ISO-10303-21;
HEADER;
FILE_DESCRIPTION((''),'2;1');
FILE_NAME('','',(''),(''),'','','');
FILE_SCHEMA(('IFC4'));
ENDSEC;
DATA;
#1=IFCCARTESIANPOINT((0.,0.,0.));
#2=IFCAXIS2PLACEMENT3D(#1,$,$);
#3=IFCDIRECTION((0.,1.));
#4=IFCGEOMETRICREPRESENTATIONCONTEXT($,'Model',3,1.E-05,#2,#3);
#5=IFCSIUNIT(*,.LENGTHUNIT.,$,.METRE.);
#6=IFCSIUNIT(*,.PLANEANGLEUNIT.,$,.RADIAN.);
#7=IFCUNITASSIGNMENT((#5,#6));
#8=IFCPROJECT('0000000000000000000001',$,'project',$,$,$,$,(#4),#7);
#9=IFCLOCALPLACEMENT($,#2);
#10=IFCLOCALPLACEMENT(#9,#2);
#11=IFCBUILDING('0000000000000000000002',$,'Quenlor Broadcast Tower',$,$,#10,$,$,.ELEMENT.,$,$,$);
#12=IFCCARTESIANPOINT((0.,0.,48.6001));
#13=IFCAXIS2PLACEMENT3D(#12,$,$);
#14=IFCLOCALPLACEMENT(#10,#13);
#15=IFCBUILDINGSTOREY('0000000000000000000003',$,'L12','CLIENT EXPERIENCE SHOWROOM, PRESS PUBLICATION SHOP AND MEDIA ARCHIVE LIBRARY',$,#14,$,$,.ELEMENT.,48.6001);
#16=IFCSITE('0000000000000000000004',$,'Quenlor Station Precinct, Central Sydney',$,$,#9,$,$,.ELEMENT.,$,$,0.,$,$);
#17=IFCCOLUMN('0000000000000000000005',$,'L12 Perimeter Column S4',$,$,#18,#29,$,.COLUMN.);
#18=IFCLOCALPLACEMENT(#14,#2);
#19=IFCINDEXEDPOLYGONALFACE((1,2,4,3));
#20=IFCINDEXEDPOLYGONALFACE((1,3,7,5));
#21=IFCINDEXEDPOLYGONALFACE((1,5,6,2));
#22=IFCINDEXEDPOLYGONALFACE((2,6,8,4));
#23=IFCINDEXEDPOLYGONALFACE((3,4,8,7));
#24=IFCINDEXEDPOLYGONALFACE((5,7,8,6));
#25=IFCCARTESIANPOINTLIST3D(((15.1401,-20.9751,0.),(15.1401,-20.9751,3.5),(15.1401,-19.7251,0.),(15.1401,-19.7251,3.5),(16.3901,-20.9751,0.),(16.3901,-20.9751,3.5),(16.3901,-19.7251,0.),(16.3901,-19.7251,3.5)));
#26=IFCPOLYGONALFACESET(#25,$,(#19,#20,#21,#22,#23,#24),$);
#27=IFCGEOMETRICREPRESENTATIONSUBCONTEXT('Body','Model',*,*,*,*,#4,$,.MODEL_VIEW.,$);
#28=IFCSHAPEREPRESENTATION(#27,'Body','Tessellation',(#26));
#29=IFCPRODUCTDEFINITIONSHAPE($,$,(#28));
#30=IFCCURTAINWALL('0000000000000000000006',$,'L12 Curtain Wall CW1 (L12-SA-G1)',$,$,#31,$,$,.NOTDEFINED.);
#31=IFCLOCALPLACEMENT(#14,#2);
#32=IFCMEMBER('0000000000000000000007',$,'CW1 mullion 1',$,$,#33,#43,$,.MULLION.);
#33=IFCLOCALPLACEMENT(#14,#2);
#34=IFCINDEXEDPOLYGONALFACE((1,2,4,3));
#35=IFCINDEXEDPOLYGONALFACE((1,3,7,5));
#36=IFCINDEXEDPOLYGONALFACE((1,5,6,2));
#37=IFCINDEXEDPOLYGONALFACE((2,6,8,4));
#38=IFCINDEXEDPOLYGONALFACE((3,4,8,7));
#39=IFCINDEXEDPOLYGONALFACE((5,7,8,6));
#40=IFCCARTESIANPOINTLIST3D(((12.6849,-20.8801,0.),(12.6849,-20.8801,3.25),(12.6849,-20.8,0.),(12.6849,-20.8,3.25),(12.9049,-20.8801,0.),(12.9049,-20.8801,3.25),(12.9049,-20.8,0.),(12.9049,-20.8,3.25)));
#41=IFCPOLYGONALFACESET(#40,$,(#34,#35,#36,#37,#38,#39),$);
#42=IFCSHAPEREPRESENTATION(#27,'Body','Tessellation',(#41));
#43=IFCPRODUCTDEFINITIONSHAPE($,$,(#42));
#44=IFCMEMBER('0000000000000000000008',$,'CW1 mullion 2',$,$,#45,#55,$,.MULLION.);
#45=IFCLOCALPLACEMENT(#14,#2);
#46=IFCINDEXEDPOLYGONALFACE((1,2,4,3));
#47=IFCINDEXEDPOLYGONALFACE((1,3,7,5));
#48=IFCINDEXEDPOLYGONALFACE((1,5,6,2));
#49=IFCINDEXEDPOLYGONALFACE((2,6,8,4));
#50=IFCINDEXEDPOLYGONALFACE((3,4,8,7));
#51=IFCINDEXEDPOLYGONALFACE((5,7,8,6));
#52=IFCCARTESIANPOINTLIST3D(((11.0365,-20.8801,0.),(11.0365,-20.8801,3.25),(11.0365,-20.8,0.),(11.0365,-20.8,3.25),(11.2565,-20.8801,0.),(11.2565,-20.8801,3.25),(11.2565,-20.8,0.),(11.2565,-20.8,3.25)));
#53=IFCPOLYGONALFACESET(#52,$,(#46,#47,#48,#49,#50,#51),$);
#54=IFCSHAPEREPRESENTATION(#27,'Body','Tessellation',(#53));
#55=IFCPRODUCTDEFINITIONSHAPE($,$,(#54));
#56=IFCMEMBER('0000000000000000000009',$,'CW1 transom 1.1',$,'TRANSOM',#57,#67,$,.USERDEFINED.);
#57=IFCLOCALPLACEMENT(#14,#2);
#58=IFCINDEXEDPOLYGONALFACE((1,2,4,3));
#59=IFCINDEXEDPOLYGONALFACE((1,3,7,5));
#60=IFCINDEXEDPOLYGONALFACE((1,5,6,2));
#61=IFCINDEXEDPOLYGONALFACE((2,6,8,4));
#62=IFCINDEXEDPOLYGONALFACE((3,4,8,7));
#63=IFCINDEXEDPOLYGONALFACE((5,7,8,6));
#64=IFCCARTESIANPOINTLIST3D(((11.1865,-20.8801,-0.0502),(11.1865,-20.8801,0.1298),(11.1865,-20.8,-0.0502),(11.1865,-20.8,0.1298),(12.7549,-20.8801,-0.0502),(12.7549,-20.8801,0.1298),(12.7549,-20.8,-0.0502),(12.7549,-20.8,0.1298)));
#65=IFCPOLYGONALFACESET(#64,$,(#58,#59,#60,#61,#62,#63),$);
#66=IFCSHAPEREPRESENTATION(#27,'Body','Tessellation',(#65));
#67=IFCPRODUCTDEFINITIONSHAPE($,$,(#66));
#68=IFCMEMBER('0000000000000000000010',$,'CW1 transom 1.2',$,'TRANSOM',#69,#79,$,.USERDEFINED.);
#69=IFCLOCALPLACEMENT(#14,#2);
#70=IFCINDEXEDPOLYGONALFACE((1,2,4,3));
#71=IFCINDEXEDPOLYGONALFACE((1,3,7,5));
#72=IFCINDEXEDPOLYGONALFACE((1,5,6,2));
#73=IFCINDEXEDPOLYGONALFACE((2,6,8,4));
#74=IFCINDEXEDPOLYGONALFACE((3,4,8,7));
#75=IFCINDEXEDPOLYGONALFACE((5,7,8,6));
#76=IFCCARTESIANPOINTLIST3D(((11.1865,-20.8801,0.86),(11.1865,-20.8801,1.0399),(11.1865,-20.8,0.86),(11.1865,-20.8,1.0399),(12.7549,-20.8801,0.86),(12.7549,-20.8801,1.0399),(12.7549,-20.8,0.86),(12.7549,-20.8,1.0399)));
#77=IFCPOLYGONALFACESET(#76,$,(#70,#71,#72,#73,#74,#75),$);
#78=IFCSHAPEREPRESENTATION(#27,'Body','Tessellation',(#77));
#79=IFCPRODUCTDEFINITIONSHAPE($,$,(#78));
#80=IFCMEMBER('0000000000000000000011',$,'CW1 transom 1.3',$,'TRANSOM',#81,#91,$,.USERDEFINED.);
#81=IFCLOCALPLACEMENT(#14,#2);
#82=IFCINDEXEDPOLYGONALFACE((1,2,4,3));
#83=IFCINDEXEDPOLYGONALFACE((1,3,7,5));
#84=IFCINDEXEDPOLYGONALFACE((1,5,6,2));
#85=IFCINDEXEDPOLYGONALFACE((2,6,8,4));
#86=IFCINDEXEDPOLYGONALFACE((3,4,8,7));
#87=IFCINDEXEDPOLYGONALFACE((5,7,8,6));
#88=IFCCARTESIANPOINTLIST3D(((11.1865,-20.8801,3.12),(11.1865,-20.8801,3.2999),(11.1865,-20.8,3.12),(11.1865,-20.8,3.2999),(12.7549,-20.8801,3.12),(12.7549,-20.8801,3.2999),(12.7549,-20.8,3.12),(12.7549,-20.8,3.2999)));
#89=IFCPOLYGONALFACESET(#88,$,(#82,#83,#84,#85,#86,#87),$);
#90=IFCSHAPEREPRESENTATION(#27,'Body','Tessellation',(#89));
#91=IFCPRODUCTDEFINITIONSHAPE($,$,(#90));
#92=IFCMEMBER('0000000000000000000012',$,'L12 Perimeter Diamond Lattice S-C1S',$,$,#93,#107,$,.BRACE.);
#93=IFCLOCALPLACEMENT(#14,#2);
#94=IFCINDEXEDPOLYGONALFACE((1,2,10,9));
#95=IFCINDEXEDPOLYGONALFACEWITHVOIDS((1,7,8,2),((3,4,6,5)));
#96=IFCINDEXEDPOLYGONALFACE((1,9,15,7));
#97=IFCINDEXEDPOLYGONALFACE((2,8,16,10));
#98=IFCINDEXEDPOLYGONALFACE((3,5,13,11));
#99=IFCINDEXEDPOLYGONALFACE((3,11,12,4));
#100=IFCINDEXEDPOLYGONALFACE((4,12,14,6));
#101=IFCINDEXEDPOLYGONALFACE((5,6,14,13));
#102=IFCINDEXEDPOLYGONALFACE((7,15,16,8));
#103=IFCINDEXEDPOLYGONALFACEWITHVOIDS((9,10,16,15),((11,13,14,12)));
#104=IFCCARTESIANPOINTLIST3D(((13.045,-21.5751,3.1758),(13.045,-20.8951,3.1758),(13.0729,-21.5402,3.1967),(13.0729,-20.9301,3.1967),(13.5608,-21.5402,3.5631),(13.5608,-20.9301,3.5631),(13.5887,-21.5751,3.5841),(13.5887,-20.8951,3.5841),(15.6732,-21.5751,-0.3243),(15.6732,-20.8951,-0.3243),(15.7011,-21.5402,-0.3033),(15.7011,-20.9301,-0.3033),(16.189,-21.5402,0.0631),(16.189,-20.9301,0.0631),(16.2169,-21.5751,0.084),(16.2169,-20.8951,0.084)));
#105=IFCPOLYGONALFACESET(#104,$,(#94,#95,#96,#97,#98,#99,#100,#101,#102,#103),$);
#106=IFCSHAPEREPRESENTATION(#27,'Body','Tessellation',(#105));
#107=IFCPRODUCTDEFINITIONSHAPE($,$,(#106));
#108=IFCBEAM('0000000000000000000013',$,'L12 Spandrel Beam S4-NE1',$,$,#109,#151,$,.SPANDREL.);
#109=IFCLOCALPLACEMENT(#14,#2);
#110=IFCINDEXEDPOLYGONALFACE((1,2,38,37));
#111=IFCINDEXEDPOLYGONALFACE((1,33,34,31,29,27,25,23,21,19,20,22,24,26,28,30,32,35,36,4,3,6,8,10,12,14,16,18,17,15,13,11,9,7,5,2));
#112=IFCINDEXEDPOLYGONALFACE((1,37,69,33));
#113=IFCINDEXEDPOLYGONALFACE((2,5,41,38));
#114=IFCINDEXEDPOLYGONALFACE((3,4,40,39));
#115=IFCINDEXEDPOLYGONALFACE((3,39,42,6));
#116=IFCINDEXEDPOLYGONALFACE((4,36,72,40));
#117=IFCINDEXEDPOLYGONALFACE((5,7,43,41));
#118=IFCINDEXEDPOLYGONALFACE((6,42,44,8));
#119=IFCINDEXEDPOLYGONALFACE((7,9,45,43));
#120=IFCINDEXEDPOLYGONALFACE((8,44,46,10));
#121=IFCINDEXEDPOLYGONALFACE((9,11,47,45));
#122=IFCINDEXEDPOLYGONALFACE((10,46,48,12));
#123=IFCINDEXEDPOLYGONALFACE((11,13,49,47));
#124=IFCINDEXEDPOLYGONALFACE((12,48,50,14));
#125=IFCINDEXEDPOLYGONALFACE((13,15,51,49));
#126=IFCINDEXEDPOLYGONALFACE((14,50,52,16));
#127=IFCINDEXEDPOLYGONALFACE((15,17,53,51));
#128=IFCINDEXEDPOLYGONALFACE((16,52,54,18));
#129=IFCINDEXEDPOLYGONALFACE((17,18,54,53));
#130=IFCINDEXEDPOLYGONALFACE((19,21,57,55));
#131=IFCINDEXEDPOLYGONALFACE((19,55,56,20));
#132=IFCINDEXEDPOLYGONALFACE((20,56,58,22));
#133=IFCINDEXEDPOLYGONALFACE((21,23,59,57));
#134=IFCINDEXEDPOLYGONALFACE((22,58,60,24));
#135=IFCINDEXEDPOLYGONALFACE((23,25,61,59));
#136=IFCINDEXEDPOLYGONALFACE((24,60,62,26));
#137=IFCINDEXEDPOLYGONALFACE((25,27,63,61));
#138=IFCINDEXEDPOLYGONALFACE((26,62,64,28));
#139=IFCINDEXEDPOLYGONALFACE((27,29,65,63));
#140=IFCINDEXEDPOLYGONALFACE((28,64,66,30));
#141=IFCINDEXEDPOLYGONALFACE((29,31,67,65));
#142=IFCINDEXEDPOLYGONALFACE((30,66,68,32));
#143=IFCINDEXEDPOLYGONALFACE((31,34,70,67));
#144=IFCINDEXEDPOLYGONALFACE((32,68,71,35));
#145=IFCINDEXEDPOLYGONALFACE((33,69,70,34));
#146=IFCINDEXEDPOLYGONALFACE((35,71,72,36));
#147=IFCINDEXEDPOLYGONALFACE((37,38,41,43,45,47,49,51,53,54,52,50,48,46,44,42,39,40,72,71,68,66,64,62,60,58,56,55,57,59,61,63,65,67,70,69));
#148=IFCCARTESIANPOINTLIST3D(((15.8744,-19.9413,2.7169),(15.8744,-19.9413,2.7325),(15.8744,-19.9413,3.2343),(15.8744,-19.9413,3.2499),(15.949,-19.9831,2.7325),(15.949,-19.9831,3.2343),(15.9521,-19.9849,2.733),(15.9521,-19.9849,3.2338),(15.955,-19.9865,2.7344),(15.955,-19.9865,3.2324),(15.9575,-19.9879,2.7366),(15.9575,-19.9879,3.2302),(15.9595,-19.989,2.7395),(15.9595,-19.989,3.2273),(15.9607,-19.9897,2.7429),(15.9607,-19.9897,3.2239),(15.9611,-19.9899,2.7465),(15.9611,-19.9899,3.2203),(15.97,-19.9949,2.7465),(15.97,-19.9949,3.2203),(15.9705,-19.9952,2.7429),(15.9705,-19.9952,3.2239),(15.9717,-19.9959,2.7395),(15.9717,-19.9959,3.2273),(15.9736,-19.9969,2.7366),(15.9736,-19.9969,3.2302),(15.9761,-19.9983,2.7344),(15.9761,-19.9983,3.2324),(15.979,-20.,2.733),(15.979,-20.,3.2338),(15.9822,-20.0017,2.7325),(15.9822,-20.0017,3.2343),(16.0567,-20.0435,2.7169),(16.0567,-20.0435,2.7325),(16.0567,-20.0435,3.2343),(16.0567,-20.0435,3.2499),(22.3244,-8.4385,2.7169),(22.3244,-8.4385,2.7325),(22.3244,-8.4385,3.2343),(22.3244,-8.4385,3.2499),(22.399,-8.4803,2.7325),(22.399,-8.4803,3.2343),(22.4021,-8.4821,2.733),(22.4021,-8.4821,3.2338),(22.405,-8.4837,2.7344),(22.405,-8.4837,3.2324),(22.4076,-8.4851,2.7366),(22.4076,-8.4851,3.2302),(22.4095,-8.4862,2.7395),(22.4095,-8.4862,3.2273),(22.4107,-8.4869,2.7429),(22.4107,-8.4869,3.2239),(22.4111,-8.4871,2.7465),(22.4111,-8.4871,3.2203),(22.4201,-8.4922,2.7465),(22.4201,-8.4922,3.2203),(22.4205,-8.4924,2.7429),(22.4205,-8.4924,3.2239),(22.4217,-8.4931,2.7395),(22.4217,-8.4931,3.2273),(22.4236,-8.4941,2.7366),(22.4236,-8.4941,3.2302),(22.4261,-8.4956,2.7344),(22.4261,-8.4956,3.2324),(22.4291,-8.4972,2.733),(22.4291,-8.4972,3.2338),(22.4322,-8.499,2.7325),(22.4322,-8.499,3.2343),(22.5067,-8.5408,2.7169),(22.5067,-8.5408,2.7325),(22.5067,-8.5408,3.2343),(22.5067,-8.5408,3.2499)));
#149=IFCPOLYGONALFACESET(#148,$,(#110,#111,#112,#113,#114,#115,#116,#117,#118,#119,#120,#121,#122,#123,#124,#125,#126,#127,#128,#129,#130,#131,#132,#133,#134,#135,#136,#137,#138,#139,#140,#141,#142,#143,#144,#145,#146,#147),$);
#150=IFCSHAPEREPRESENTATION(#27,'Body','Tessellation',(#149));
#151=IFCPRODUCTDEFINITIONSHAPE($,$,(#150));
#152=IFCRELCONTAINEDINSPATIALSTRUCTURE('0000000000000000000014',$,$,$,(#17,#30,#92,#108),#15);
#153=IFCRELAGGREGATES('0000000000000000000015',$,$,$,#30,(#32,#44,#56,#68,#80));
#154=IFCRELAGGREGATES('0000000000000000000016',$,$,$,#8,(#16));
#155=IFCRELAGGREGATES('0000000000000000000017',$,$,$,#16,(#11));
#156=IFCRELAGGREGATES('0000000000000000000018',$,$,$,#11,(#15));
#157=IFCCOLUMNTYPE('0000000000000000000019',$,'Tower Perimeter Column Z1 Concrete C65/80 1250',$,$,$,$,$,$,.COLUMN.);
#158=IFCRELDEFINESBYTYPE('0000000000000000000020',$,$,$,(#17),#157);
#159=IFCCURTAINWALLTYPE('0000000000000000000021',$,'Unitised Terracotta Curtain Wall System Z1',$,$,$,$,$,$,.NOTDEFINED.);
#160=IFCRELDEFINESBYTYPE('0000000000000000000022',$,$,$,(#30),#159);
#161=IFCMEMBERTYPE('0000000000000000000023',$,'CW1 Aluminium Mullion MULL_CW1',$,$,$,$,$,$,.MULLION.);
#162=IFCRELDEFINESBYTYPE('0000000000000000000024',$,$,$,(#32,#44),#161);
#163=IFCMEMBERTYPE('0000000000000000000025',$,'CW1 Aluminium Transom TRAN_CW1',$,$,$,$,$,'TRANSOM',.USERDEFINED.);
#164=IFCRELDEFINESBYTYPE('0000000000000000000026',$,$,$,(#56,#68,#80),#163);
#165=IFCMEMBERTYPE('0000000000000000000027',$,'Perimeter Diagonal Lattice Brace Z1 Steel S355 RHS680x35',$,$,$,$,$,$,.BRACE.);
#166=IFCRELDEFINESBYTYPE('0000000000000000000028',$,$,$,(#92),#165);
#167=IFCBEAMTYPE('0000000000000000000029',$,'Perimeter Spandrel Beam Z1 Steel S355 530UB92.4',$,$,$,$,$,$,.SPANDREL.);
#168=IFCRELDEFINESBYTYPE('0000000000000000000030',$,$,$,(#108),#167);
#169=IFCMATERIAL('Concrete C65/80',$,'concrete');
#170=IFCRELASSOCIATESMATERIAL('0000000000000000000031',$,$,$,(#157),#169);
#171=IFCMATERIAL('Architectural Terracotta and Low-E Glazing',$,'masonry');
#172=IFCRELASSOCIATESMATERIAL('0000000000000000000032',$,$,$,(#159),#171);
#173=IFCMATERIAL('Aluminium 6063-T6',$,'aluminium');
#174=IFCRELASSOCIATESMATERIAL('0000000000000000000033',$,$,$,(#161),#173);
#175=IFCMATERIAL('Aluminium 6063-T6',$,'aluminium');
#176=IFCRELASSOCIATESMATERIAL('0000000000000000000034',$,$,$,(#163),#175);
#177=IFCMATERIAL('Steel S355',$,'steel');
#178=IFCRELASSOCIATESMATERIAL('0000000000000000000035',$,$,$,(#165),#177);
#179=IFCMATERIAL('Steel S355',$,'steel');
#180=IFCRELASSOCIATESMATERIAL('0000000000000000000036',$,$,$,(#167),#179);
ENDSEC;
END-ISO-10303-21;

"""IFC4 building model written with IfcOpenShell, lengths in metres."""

from ifc_helpers import new_model, si_unit, direction, frame, origin, origin_2d, place, context, subcontext, project, spatial, rectangle, hollow_rectangle, i_section, extrude, material, material_profile, profile_set, type_object, element, aggregate, save


model = new_model("IFC4")

# Units and contexts
model_context = context("Model", 3, precision=1e-05, world=origin(), true_north=direction((0.0, 1.0)))
body_context = subcontext(model_context, "Body", "Model", "MODEL_VIEW")
ifc_project = project(units=[si_unit("LENGTHUNIT", "METRE"), si_unit("PLANEANGLEUNIT", "RADIAN")], contexts=[model_context])

# Site, building, storey
site_placement = place(None, origin())
site = spatial("IfcSite", under=ifc_project, at=site_placement, Name="Quenlor Station Precinct, Central Sydney", CompositionType="ELEMENT", RefElevation=0.0)
building_placement = place(site_placement, origin())
building = spatial("IfcBuilding", under=site, at=building_placement, Name="Quenlor Broadcast Tower", CompositionType="ELEMENT")
storey_placement = place(building_placement, frame((0.0, 0.0, 48.6001)))
storey = spatial("IfcBuildingStorey", under=building, at=storey_placement, Name="L12", Description="CLIENT EXPERIENCE SHOWROOM, PRESS PUBLICATION SHOP AND MEDIA ARCHIVE LIBRARY", CompositionType="ELEMENT", Elevation=48.6001)

# Column
ifc_material_1 = material(Name="Concrete C65/80", Category="concrete")
ifc_material_profile_1 = material_profile(ifc_material_1, rectangle(XDim=1.25, YDim=1.25, at=origin_2d()))
ifc_profile_set_1 = profile_set([ifc_material_profile_1], Name="Concrete C65/80 RC1250x1250")
column_type = type_object("IfcColumnType", Name="Tower Perimeter Column Z1 Concrete C65/80 1250", PredefinedType="COLUMN", material=ifc_profile_set_1)
column_placement = place(storey_placement, frame((15.7651, -20.3501, 0.0), z_axis=(0.0, 0.0, 1.0), x_axis=(0.0, 1.0, 0.0)))
element("IfcColumn", 1, at=column_placement, inside=storey, type_object=column_type, Name="L12 Perimeter Column S4", PredefinedType="COLUMN", context=body_context, shape_type="SweptSolid", body=[
    extrude(rectangle(XDim=1.25, YDim=1.25, at=origin_2d()), origin(), (0.0, 0.0, 1.0), 3.5),
])

# Curtain wall, members
ifc_material_2 = material(Name="Architectural Terracotta and Low-E Glazing", Category="masonry")
curtain_wall_type = type_object("IfcCurtainWallType", Name="Unitised Terracotta Curtain Wall System Z1", PredefinedType="NOTDEFINED", material=ifc_material_2)
curtain_wall_placement = place(storey_placement, origin())
curtain_wall = element("IfcCurtainWall", 2, at=curtain_wall_placement, inside=storey, type_object=curtain_wall_type, Name="L12 Curtain Wall CW1 (L12-SA-G1)", PredefinedType="NOTDEFINED")
ifc_material_3 = material(Name="Aluminium 6063-T6", Category="aluminium")
ifc_material_profile_2 = material_profile(ifc_material_3, rectangle(XDim=0.0801, YDim=0.22, at=origin_2d()))
ifc_profile_set_2 = profile_set([ifc_material_profile_2], Name="Aluminium 6063-T6 MULL80x220")
member_type_1 = type_object("IfcMemberType", Name="CW1 Aluminium Mullion MULL_CW1", PredefinedType="MULLION", material=ifc_profile_set_2)
member_1_placement = place(storey_placement, frame((12.7949, -20.8401, 0.0), z_axis=(0.0, 0.0, 1.0), x_axis=(0.0, -1.0, 0.0)))
member_1 = element("IfcMember", 3, at=member_1_placement, type_object=member_type_1, Name="CW1 mullion 1", PredefinedType="MULLION", context=body_context, shape_type="SweptSolid", body=[
    extrude(rectangle(XDim=0.0801, YDim=0.22, at=origin_2d()), origin(), (0.0, 0.0, 1.0), 3.25),
])
member_2_placement = place(storey_placement, frame((11.1465, -20.8401, 0.0), z_axis=(0.0, 0.0, 1.0), x_axis=(0.0, -1.0, 0.0)))
member_2 = element("IfcMember", 4, at=member_2_placement, type_object=member_type_1, Name="CW1 mullion 2", PredefinedType="MULLION", context=body_context, shape_type="SweptSolid", body=[
    extrude(rectangle(XDim=0.0801, YDim=0.22, at=origin_2d()), origin(), (0.0, 0.0, 1.0), 3.25),
])
ifc_material_4 = material(Name="Aluminium 6063-T6", Category="aluminium")
ifc_material_profile_3 = material_profile(ifc_material_4, rectangle(XDim=0.0801, YDim=0.1799, at=origin_2d()))
ifc_profile_set_3 = profile_set([ifc_material_profile_3], Name="Aluminium 6063-T6 TRAN80x180")
member_type_2 = type_object("IfcMemberType", Name="CW1 Aluminium Transom TRAN_CW1", ElementType="TRANSOM", PredefinedType="USERDEFINED", material=ifc_profile_set_3)
member_3_placement = place(storey_placement, frame((12.7549, -20.8401, 0.0398), z_axis=(-1.0, 0.0, 0.0), x_axis=(0.0, -1.0, 0.0)))
member_3 = element("IfcMember", 5, at=member_3_placement, type_object=member_type_2, Name="CW1 transom 1.1", ObjectType="TRANSOM", PredefinedType="USERDEFINED", context=body_context, shape_type="SweptSolid", body=[
    extrude(rectangle(XDim=0.0801, YDim=0.1799, at=origin_2d()), origin(), (0.0, 0.0, 1.0), 1.5684),
])
member_4_placement = place(storey_placement, frame((12.7549, -20.8401, 0.95), z_axis=(-1.0, 0.0, 0.0), x_axis=(0.0, -1.0, 0.0)))
member_4 = element("IfcMember", 6, at=member_4_placement, type_object=member_type_2, Name="CW1 transom 1.2", ObjectType="TRANSOM", PredefinedType="USERDEFINED", context=body_context, shape_type="SweptSolid", body=[
    extrude(rectangle(XDim=0.0801, YDim=0.1799, at=origin_2d()), origin(), (0.0, 0.0, 1.0), 1.5684),
])
member_5_placement = place(storey_placement, frame((12.7549, -20.8401, 3.21), z_axis=(-1.0, 0.0, 0.0), x_axis=(0.0, -1.0, 0.0)))
member_5 = element("IfcMember", 7, at=member_5_placement, type_object=member_type_2, Name="CW1 transom 1.3", ObjectType="TRANSOM", PredefinedType="USERDEFINED", context=body_context, shape_type="SweptSolid", body=[
    extrude(rectangle(XDim=0.0801, YDim=0.1799, at=origin_2d()), origin(), (0.0, 0.0, 1.0), 1.5684),
])

# Member
ifc_material_5 = material(Name="Steel S355", Category="steel")
ifc_material_profile_4 = material_profile(ifc_material_5, hollow_rectangle(XDim=0.6799, YDim=0.6799, WallThickness=0.0349, at=origin_2d()))
ifc_profile_set_4 = profile_set([ifc_material_profile_4], Name="Steel S355 RHS680x680x35")
member_type_3 = type_object("IfcMemberType", Name="Perimeter Diagonal Lattice Brace Z1 Steel S355 RHS680x35", PredefinedType="BRACE", material=ifc_profile_set_4)
member_6_placement = place(storey_placement, frame((15.9451, -21.2351, -0.1201), z_axis=(-0.600464, 0.0, 0.799652), x_axis=(0.0, -1.0, 0.0)))
element("IfcMember", 8, at=member_6_placement, inside=storey, type_object=member_type_3, Name="L12 Perimeter Diamond Lattice S-C1S", PredefinedType="BRACE", context=body_context, shape_type="SweptSolid", body=[
    extrude(hollow_rectangle(XDim=0.6799, YDim=0.6799, WallThickness=0.0349, at=origin_2d()), origin(), (0.0, 0.0, 1.0), 4.377),
])

# Beam
ifc_material_6 = material(Name="Steel S355", Category="steel")
ifc_material_profile_5 = material_profile(ifc_material_6, i_section(OverallWidth=0.209, OverallDepth=0.533, WebThickness=0.0103, FlangeThickness=0.0156, FilletRadius=0.0139, at=origin_2d()))
ifc_profile_set_5 = profile_set([ifc_material_profile_5], Name="Steel S355 530UB92.4")
beam_type_1 = type_object("IfcBeamType", Name="Perimeter Spandrel Beam Z1 Steel S355 530UB92.4", PredefinedType="SPANDREL", material=ifc_profile_set_5)
beam_1_placement = place(storey_placement, frame((15.9656, -19.9924, 2.9834), z_axis=(0.489091, 0.872233, 0.0), x_axis=(-0.872233, 0.489091, 0.0)))
element("IfcBeam", 9, at=beam_1_placement, inside=storey, type_object=beam_type_1, Name="L12 Spandrel Beam S4-NE1", PredefinedType="SPANDREL", context=body_context, shape_type="SweptSolid", body=[
    extrude(i_section(OverallWidth=0.209, OverallDepth=0.533, WebThickness=0.0103, FlangeThickness=0.0156, FilletRadius=0.0139, at=origin_2d()), origin(), (0.0, 0.0, 1.0), 13.1877),
])

aggregate(curtain_wall, [member_1, member_2, member_3, member_4, member_5])

save(model, "model.ifc")
